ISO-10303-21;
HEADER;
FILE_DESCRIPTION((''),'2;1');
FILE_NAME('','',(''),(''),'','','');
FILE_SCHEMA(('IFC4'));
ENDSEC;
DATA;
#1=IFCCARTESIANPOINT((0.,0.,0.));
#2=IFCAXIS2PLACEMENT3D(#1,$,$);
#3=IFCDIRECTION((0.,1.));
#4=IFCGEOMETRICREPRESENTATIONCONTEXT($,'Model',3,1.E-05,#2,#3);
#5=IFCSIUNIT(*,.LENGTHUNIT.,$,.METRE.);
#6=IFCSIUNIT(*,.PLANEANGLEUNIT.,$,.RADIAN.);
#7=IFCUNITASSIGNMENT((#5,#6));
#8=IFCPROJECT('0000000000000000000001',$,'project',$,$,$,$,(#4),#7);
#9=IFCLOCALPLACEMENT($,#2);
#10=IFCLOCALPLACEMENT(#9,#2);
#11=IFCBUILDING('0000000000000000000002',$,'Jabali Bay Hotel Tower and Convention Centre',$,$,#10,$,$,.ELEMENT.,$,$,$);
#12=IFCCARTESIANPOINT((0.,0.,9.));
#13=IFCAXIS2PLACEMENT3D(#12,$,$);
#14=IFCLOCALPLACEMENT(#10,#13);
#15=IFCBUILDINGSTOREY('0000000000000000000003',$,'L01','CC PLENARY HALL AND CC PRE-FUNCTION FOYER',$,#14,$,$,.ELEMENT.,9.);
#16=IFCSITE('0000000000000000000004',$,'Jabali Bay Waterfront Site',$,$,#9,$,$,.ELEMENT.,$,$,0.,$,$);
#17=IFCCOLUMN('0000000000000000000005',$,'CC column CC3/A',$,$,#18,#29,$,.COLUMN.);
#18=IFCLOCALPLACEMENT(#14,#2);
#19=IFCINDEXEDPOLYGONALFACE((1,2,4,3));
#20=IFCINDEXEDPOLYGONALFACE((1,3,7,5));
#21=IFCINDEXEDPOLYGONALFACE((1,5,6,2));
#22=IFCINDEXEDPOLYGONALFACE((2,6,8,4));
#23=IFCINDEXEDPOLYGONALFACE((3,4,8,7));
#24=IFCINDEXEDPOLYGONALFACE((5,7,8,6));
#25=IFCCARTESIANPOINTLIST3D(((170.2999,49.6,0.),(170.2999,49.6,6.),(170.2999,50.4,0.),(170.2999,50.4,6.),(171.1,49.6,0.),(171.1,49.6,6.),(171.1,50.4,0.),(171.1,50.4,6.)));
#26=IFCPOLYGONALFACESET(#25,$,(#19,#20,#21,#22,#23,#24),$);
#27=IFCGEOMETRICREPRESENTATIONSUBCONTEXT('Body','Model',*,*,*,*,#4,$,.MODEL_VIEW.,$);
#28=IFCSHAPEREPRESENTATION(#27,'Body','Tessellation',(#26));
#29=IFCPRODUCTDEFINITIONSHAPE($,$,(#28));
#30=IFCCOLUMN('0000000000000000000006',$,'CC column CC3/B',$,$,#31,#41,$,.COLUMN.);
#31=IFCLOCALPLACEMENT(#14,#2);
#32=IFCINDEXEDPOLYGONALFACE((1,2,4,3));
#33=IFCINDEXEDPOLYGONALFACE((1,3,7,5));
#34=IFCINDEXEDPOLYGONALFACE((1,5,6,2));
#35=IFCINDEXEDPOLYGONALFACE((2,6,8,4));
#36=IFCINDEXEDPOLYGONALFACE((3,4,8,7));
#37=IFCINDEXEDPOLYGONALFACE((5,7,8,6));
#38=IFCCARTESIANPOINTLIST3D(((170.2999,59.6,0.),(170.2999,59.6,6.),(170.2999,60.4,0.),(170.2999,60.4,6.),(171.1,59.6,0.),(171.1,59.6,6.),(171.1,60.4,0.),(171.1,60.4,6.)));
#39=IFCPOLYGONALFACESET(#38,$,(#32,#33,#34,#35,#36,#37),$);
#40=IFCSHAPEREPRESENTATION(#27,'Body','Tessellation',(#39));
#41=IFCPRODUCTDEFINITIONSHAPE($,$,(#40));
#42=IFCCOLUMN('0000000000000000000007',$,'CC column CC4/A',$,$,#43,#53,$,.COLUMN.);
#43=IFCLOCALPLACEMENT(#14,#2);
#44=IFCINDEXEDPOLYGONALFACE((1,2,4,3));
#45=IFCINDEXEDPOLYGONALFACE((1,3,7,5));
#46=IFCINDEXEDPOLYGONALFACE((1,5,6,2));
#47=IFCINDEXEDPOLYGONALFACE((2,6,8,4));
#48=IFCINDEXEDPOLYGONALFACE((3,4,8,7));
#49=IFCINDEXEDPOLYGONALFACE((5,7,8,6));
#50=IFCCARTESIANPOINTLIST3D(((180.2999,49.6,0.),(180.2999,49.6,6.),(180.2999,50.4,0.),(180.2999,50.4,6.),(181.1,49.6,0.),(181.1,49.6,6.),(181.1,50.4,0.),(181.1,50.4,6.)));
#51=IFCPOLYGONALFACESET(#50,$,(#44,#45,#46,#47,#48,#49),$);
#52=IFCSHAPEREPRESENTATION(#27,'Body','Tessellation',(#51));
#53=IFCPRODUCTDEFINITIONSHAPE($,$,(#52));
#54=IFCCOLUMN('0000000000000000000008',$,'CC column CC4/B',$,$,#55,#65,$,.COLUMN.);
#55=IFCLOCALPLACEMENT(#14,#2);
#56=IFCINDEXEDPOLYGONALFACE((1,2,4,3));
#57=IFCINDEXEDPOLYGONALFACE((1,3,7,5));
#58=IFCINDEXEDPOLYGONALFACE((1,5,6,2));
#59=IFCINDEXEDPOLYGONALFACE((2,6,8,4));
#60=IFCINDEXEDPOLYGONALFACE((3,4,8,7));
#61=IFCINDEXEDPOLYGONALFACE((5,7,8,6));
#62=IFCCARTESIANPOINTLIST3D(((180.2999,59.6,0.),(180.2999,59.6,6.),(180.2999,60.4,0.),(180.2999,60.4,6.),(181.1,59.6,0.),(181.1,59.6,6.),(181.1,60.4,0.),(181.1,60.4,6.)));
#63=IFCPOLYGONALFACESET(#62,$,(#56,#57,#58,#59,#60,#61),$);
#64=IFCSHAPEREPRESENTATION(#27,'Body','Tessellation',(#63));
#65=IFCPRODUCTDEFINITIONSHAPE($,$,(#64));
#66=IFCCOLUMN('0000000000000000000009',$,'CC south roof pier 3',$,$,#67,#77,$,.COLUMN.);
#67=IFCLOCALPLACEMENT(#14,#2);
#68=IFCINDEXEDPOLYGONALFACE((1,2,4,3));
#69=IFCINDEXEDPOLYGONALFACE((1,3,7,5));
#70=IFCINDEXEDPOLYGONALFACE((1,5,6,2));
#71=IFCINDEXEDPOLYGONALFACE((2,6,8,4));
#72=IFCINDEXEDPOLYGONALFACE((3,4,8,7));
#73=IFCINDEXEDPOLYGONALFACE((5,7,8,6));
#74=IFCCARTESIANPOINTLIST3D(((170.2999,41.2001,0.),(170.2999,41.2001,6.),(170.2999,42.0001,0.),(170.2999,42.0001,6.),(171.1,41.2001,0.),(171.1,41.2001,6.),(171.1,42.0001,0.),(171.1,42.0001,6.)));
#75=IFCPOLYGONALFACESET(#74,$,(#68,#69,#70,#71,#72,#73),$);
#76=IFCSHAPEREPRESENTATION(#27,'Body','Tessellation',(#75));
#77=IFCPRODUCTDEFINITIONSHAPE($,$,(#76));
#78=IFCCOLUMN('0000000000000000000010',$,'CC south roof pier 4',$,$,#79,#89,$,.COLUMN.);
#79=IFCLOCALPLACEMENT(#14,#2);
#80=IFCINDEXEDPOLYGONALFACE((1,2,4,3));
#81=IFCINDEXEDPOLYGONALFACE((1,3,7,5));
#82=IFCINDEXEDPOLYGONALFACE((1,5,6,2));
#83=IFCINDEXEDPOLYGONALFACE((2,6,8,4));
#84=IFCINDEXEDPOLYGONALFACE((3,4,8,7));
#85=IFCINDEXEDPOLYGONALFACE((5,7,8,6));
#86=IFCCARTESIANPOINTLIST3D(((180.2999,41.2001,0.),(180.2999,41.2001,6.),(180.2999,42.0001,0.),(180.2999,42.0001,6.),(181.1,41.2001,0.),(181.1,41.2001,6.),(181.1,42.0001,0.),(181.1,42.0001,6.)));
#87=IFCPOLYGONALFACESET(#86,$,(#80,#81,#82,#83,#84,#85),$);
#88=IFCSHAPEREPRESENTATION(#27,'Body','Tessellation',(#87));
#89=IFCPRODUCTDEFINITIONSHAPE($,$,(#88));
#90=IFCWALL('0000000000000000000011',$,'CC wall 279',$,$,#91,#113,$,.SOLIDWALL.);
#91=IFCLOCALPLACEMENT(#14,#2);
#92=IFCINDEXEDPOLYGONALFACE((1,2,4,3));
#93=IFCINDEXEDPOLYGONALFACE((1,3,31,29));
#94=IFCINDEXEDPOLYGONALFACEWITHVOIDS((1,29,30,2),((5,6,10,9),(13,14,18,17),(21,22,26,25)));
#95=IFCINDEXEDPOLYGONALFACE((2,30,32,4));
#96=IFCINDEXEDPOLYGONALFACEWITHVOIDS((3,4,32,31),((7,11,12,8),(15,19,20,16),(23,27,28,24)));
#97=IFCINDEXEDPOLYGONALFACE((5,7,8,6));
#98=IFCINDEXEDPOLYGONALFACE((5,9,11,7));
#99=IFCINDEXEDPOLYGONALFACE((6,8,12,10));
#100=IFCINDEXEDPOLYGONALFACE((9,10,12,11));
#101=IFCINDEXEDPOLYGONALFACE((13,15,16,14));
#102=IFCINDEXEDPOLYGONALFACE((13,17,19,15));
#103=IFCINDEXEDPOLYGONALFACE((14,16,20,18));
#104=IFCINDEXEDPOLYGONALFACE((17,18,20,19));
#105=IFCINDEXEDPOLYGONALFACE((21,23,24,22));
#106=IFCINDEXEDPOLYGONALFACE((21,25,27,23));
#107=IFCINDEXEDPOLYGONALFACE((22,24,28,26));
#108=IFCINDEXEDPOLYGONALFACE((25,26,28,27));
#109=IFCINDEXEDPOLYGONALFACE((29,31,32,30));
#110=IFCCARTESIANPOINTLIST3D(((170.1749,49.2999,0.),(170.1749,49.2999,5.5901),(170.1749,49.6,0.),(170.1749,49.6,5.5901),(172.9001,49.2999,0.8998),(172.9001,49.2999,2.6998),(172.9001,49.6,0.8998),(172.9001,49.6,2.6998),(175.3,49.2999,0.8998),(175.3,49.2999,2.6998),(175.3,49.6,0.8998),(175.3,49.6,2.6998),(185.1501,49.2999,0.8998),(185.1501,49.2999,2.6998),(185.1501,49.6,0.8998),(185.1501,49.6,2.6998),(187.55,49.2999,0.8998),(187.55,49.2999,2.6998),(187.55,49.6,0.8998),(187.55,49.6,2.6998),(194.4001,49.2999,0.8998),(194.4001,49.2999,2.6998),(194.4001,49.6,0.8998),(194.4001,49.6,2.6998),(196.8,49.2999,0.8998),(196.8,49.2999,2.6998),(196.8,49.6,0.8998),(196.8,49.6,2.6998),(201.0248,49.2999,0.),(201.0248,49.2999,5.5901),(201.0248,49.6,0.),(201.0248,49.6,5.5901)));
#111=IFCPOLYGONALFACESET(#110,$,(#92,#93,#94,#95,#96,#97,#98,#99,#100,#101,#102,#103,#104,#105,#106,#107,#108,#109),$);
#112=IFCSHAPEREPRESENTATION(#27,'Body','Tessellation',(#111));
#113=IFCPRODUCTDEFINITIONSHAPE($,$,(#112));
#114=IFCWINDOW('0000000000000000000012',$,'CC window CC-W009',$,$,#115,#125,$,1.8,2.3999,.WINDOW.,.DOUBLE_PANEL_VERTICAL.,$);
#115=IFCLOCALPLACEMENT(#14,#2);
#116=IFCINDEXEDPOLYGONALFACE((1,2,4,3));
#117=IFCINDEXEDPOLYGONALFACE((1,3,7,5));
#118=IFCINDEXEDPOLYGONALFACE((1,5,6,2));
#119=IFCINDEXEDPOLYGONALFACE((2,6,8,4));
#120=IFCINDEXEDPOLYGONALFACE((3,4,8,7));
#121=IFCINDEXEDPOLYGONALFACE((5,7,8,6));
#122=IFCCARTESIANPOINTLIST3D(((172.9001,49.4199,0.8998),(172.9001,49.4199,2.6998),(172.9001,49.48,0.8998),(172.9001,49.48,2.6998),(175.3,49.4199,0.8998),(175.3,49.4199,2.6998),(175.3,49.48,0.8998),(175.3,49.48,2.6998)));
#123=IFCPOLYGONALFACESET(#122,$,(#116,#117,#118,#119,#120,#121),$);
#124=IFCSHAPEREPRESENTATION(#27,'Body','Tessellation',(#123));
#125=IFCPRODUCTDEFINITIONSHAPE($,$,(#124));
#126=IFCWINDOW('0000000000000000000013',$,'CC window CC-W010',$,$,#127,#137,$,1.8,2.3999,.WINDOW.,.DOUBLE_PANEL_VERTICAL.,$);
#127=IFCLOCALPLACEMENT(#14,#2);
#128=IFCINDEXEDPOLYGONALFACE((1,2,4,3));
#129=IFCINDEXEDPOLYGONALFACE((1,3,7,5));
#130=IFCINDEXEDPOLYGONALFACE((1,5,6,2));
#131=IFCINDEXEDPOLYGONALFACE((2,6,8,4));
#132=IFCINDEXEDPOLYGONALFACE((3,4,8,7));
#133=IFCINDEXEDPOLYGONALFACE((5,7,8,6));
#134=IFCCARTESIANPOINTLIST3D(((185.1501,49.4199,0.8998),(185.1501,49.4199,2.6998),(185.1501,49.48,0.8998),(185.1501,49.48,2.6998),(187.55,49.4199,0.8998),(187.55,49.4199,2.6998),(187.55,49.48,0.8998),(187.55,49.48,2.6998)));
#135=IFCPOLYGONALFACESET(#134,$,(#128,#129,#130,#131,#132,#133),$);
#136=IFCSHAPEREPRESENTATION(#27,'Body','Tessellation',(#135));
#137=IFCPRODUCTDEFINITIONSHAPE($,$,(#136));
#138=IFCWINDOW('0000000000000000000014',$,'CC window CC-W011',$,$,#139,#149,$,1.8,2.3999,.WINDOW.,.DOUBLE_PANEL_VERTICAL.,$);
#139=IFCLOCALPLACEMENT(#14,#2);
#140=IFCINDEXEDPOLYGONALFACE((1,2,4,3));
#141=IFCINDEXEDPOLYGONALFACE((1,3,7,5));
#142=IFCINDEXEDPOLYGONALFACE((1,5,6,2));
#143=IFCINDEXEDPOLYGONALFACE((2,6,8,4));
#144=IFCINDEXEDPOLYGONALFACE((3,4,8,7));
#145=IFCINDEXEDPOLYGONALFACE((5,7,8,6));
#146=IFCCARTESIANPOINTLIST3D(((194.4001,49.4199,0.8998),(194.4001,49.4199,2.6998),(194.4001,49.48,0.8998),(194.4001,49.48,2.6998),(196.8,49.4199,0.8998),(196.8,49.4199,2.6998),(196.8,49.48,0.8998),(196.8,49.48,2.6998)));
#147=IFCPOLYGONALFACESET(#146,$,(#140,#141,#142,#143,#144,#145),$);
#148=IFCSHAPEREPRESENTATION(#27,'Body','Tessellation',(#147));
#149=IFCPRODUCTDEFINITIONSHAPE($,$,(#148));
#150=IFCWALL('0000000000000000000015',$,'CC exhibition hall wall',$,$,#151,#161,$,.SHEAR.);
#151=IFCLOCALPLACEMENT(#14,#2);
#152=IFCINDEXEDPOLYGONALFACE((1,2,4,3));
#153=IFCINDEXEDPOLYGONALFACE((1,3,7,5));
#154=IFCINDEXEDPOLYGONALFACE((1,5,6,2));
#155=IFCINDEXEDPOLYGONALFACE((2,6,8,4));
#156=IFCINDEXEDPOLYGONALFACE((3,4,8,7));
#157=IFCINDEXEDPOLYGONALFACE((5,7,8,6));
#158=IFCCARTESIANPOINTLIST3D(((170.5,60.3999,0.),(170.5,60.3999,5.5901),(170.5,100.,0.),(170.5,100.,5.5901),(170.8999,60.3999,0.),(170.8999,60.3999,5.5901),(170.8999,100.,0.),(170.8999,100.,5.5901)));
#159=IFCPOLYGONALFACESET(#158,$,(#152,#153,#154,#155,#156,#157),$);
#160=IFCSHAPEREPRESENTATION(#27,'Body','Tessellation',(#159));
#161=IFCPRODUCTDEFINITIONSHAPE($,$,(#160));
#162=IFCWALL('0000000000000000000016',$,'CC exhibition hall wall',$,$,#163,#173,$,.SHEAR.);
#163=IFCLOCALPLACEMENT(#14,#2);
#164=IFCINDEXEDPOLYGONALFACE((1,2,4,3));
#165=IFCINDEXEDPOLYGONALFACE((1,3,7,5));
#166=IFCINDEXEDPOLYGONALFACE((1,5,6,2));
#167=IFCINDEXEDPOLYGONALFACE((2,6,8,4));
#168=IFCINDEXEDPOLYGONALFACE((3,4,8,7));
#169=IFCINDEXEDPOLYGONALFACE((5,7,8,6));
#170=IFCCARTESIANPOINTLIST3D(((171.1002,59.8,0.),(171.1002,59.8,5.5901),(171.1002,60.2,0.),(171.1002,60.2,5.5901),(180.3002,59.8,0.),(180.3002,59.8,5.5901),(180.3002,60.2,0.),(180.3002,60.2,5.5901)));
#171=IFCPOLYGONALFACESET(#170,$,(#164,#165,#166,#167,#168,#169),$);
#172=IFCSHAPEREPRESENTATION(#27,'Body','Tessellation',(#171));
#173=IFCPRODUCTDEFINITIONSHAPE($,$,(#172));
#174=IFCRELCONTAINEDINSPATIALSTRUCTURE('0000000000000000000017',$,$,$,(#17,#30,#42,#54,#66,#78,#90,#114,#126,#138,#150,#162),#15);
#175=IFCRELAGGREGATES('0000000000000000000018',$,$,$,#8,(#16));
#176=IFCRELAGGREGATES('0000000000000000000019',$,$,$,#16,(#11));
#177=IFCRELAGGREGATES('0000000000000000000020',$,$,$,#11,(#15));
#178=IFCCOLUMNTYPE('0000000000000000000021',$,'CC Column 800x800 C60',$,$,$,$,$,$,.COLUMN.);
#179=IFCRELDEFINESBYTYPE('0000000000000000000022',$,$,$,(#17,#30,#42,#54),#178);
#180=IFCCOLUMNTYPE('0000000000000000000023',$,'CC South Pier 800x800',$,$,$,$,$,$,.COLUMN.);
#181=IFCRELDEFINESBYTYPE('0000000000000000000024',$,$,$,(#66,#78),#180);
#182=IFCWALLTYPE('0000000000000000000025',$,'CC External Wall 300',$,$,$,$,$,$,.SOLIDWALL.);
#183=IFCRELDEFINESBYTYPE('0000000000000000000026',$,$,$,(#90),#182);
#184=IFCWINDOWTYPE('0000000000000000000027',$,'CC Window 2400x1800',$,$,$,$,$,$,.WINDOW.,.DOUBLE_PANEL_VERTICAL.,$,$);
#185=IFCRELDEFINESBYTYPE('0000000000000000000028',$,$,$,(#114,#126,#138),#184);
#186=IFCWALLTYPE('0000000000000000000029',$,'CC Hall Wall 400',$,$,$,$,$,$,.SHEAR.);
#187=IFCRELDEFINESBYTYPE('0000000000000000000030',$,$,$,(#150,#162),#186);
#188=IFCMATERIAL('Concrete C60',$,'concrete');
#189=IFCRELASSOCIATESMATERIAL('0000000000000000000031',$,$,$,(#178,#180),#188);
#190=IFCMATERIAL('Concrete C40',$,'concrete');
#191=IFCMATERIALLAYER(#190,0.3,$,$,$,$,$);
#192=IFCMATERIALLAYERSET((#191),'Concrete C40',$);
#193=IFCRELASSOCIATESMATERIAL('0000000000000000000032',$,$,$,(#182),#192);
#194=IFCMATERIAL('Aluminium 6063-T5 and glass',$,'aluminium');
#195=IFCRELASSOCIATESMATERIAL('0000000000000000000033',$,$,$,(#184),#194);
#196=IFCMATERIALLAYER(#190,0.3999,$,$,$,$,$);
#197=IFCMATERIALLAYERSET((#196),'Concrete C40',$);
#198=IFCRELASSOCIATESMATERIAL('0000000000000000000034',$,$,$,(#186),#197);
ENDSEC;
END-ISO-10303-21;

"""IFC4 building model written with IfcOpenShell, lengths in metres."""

from ifc_helpers import new_model, si_unit, direction, frame, frame_2d, origin, origin_2d, place, context, subcontext, project, spatial, rectangle, extrude, material, layer, layer_set, material_profile, profile_set, type_object, element, fill, save


model = new_model("IFC4")

# Units and contexts
model_context = context("Model", 3, precision=1e-05, world=origin(), true_north=direction((0.0, 1.0)))
body_context = subcontext(model_context, "Body", "Model", "MODEL_VIEW")
ifc_project = project(units=[si_unit("LENGTHUNIT", "METRE"), si_unit("PLANEANGLEUNIT", "RADIAN")], contexts=[model_context])

# Site, building, storey
site_placement = place(None, origin())
site = spatial("IfcSite", under=ifc_project, at=site_placement, Name="Jabali Bay Waterfront Site", CompositionType="ELEMENT", RefElevation=0.0)
building_placement = place(site_placement, origin())
building = spatial("IfcBuilding", under=site, at=building_placement, Name="Jabali Bay Hotel Tower and Convention Centre", CompositionType="ELEMENT")
storey_placement = place(building_placement, frame((0.0, 0.0, 9.0)))
storey = spatial("IfcBuildingStorey", under=building, at=storey_placement, Name="L01", Description="CC PLENARY HALL AND CC PRE-FUNCTION FOYER", CompositionType="ELEMENT", Elevation=9.0)

# Columns
ifc_material_1 = material(Name="Concrete C60", Category="concrete")
ifc_material_profile_1 = material_profile(ifc_material_1, rectangle(XDim=0.8, YDim=0.8, at=origin_2d()), Name="RC 800x800")
ifc_profile_set_1 = profile_set([ifc_material_profile_1], Name="Concrete C60")
column_type_1 = type_object("IfcColumnType", Name="CC Column 800x800 C60", PredefinedType="COLUMN", material=ifc_profile_set_1)
for number, where, z_axis, x_axis, name in (
    (1, (170.7, 50.0, 0.0), (0.0, 0.0, 1.0), (1.0, 0.0, 0.0), "CC column CC3/A"),
    (2, (170.7, 60.0, 0.0), (0.0, 0.0, 1.0), (1.0, 0.0, 0.0), "CC column CC3/B"),
    (3, (180.7, 50.0, 0.0), (0.0, 0.0, 1.0), (1.0, 0.0, 0.0), "CC column CC4/A"),
    (4, (180.7, 60.0, 0.0), (0.0, 0.0, 1.0), (1.0, 0.0, 0.0), "CC column CC4/B"),
):
    element("IfcColumn", number, at=place(storey_placement, frame(where, z_axis=z_axis, x_axis=x_axis)), inside=storey, type_object=column_type_1, Name=name, PredefinedType="COLUMN", context=body_context, shape_type="SweptSolid", body=[
        extrude(rectangle(XDim=0.8, YDim=0.8, at=origin_2d()), origin(), (0.0, 0.0, 1.0), 6.0),
    ])
ifc_material_profile_2 = material_profile(ifc_material_1, rectangle(XDim=0.8, YDim=0.8, at=origin_2d()), Name="RC 800x800")
ifc_profile_set_2 = profile_set([ifc_material_profile_2], Name="Concrete C60")
column_type_2 = type_object("IfcColumnType", Name="CC South Pier 800x800", PredefinedType="COLUMN", material=ifc_profile_set_2)
for number, where, z_axis, x_axis, name in (
    (5, (170.7, 41.6001, 0.0), (0.0, 0.0, 1.0), (1.0, 0.0, 0.0), "CC south roof pier 3"),
    (6, (180.7, 41.6001, 0.0), (0.0, 0.0, 1.0), (1.0, 0.0, 0.0), "CC south roof pier 4"),
):
    element("IfcColumn", number, at=place(storey_placement, frame(where, z_axis=z_axis, x_axis=x_axis)), inside=storey, type_object=column_type_2, Name=name, PredefinedType="COLUMN", context=body_context, shape_type="SweptSolid", body=[
        extrude(rectangle(XDim=0.8, YDim=0.8, at=origin_2d()), origin(), (0.0, 0.0, 1.0), 6.0),
    ])

# Wall, openings, windows
ifc_material_2 = material(Name="Concrete C40", Category="concrete")
ifc_layer_1 = layer(ifc_material_2, 0.3)
ifc_layer_set_1 = layer_set([ifc_layer_1], Name="Concrete C40")
wall_type_1 = type_object("IfcWallType", Name="CC External Wall 300", PredefinedType="SOLIDWALL", material=ifc_layer_set_1)
wall_1_placement = place(storey_placement, frame((170.175, 49.45, 0.0), z_axis=(0.0, 0.0, 1.0), x_axis=(1.0, 0.0, 0.0)))
wall_1 = element("IfcWall", 7, at=wall_1_placement, inside=storey, type_object=wall_type_1, Name="CC wall 279", PredefinedType="SOLIDWALL", context=body_context, shape_type="SweptSolid", body=[
    extrude(rectangle(XDim=30.8499, YDim=0.3, at=frame_2d((15.4248, 0.0))), origin(), (0.0, 0.0, 1.0), 5.5901),
])
opening_1_placement = place(wall_1_placement, frame((2.7251, 0.0, 0.8999)))
opening_1 = element("IfcOpeningElement", 8, at=opening_1_placement, cuts=wall_1, PredefinedType="OPENING", context=body_context, shape_type="SweptSolid", body=[
    extrude(rectangle(XDim=2.3999, YDim=1.8, at=frame_2d((1.2, 0.8999))), frame((0.0, 0.1606, 0.0), z_axis=(0.0, -1.0, 0.0), x_axis=(1.0, 0.0, 0.0)), (0.0, 0.0, 1.0), 0.321),
])
opening_2_placement = place(wall_1_placement, frame((14.9751, 0.0, 0.8999)))
opening_2 = element("IfcOpeningElement", 9, at=opening_2_placement, cuts=wall_1, PredefinedType="OPENING", context=body_context, shape_type="SweptSolid", body=[
    extrude(rectangle(XDim=2.3999, YDim=1.8, at=frame_2d((1.2, 0.8999))), frame((0.0, 0.1606, 0.0), z_axis=(0.0, -1.0, 0.0), x_axis=(1.0, 0.0, 0.0)), (0.0, 0.0, 1.0), 0.321),
])
opening_3_placement = place(wall_1_placement, frame((24.2251, 0.0, 0.8999)))
opening_3 = element("IfcOpeningElement", 10, at=opening_3_placement, cuts=wall_1, PredefinedType="OPENING", context=body_context, shape_type="SweptSolid", body=[
    extrude(rectangle(XDim=2.3999, YDim=1.8, at=frame_2d((1.2, 0.8999))), frame((0.0, 0.1606, 0.0), z_axis=(0.0, -1.0, 0.0), x_axis=(1.0, 0.0, 0.0)), (0.0, 0.0, 1.0), 0.321),
])
ifc_material_3 = material(Name="Aluminium 6063-T5 and glass", Category="aluminium")
window_type = type_object("IfcWindowType", Name="CC Window 2400x1800", PartitioningType="DOUBLE_PANEL_VERTICAL", PredefinedType="WINDOW", material=ifc_material_3)
window_1_placement = place(opening_1_placement, origin())
window_1 = element("IfcWindow", 11, at=window_1_placement, inside=storey, type_object=window_type, Name="CC window CC-W009", OverallHeight=1.8, OverallWidth=2.3999, PartitioningType="DOUBLE_PANEL_VERTICAL", PredefinedType="WINDOW", context=body_context, shape_type="SweptSolid", body=[
    extrude(rectangle(XDim=2.3999, YDim=1.8, at=frame_2d((1.2, 0.8999))), frame((0.0, 0.03, 0.0), z_axis=(0.0, -1.0, 0.0), x_axis=(1.0, 0.0, 0.0)), (0.0, 0.0, 1.0), 0.0601),
])
fill(opening_1, window_1)
window_2_placement = place(opening_2_placement, origin())
window_2 = element("IfcWindow", 12, at=window_2_placement, inside=storey, type_object=window_type, Name="CC window CC-W010", OverallHeight=1.8, OverallWidth=2.3999, PartitioningType="DOUBLE_PANEL_VERTICAL", PredefinedType="WINDOW", context=body_context, shape_type="SweptSolid", body=[
    extrude(rectangle(XDim=2.3999, YDim=1.8, at=frame_2d((1.2, 0.8999))), frame((0.0, 0.03, 0.0), z_axis=(0.0, -1.0, 0.0), x_axis=(1.0, 0.0, 0.0)), (0.0, 0.0, 1.0), 0.0601),
])
fill(opening_2, window_2)
window_3_placement = place(opening_3_placement, origin())
window_3 = element("IfcWindow", 13, at=window_3_placement, inside=storey, type_object=window_type, Name="CC window CC-W011", OverallHeight=1.8, OverallWidth=2.3999, PartitioningType="DOUBLE_PANEL_VERTICAL", PredefinedType="WINDOW", context=body_context, shape_type="SweptSolid", body=[
    extrude(rectangle(XDim=2.3999, YDim=1.8, at=frame_2d((1.2, 0.8999))), frame((0.0, 0.03, 0.0), z_axis=(0.0, -1.0, 0.0), x_axis=(1.0, 0.0, 0.0)), (0.0, 0.0, 1.0), 0.0601),
])
fill(opening_3, window_3)

# Walls
ifc_layer_2 = layer(ifc_material_2, 0.3999)
ifc_layer_set_2 = layer_set([ifc_layer_2], Name="Concrete C40")
wall_type_2 = type_object("IfcWallType", Name="CC Hall Wall 400", PredefinedType="SHEAR", material=ifc_layer_set_2)
wall_2_placement = place(storey_placement, frame((170.7, 60.3999, 0.0), z_axis=(0.0, 0.0, 1.0), x_axis=(0.0, 1.0, 0.0)))
element("IfcWall", 14, at=wall_2_placement, inside=storey, type_object=wall_type_2, Name="CC exhibition hall wall", PredefinedType="SHEAR", context=body_context, shape_type="SweptSolid", body=[
    extrude(rectangle(XDim=39.6001, YDim=0.3999, at=frame_2d((19.8, 0.0))), origin(), (0.0, 0.0, 1.0), 5.5901),
])
wall_3_placement = place(storey_placement, frame((171.1001, 60.0, 0.0), z_axis=(0.0, 0.0, 1.0), x_axis=(1.0, 0.0, 0.0)))
element("IfcWall", 15, at=wall_3_placement, inside=storey, type_object=wall_type_2, Name="CC exhibition hall wall", PredefinedType="SHEAR", context=body_context, shape_type="SweptSolid", body=[
    extrude(rectangle(XDim=9.2, YDim=0.3999, at=frame_2d((4.6001, 0.0))), origin(), (0.0, 0.0, 1.0), 5.5901),
])

save(model, "model.ifc")
